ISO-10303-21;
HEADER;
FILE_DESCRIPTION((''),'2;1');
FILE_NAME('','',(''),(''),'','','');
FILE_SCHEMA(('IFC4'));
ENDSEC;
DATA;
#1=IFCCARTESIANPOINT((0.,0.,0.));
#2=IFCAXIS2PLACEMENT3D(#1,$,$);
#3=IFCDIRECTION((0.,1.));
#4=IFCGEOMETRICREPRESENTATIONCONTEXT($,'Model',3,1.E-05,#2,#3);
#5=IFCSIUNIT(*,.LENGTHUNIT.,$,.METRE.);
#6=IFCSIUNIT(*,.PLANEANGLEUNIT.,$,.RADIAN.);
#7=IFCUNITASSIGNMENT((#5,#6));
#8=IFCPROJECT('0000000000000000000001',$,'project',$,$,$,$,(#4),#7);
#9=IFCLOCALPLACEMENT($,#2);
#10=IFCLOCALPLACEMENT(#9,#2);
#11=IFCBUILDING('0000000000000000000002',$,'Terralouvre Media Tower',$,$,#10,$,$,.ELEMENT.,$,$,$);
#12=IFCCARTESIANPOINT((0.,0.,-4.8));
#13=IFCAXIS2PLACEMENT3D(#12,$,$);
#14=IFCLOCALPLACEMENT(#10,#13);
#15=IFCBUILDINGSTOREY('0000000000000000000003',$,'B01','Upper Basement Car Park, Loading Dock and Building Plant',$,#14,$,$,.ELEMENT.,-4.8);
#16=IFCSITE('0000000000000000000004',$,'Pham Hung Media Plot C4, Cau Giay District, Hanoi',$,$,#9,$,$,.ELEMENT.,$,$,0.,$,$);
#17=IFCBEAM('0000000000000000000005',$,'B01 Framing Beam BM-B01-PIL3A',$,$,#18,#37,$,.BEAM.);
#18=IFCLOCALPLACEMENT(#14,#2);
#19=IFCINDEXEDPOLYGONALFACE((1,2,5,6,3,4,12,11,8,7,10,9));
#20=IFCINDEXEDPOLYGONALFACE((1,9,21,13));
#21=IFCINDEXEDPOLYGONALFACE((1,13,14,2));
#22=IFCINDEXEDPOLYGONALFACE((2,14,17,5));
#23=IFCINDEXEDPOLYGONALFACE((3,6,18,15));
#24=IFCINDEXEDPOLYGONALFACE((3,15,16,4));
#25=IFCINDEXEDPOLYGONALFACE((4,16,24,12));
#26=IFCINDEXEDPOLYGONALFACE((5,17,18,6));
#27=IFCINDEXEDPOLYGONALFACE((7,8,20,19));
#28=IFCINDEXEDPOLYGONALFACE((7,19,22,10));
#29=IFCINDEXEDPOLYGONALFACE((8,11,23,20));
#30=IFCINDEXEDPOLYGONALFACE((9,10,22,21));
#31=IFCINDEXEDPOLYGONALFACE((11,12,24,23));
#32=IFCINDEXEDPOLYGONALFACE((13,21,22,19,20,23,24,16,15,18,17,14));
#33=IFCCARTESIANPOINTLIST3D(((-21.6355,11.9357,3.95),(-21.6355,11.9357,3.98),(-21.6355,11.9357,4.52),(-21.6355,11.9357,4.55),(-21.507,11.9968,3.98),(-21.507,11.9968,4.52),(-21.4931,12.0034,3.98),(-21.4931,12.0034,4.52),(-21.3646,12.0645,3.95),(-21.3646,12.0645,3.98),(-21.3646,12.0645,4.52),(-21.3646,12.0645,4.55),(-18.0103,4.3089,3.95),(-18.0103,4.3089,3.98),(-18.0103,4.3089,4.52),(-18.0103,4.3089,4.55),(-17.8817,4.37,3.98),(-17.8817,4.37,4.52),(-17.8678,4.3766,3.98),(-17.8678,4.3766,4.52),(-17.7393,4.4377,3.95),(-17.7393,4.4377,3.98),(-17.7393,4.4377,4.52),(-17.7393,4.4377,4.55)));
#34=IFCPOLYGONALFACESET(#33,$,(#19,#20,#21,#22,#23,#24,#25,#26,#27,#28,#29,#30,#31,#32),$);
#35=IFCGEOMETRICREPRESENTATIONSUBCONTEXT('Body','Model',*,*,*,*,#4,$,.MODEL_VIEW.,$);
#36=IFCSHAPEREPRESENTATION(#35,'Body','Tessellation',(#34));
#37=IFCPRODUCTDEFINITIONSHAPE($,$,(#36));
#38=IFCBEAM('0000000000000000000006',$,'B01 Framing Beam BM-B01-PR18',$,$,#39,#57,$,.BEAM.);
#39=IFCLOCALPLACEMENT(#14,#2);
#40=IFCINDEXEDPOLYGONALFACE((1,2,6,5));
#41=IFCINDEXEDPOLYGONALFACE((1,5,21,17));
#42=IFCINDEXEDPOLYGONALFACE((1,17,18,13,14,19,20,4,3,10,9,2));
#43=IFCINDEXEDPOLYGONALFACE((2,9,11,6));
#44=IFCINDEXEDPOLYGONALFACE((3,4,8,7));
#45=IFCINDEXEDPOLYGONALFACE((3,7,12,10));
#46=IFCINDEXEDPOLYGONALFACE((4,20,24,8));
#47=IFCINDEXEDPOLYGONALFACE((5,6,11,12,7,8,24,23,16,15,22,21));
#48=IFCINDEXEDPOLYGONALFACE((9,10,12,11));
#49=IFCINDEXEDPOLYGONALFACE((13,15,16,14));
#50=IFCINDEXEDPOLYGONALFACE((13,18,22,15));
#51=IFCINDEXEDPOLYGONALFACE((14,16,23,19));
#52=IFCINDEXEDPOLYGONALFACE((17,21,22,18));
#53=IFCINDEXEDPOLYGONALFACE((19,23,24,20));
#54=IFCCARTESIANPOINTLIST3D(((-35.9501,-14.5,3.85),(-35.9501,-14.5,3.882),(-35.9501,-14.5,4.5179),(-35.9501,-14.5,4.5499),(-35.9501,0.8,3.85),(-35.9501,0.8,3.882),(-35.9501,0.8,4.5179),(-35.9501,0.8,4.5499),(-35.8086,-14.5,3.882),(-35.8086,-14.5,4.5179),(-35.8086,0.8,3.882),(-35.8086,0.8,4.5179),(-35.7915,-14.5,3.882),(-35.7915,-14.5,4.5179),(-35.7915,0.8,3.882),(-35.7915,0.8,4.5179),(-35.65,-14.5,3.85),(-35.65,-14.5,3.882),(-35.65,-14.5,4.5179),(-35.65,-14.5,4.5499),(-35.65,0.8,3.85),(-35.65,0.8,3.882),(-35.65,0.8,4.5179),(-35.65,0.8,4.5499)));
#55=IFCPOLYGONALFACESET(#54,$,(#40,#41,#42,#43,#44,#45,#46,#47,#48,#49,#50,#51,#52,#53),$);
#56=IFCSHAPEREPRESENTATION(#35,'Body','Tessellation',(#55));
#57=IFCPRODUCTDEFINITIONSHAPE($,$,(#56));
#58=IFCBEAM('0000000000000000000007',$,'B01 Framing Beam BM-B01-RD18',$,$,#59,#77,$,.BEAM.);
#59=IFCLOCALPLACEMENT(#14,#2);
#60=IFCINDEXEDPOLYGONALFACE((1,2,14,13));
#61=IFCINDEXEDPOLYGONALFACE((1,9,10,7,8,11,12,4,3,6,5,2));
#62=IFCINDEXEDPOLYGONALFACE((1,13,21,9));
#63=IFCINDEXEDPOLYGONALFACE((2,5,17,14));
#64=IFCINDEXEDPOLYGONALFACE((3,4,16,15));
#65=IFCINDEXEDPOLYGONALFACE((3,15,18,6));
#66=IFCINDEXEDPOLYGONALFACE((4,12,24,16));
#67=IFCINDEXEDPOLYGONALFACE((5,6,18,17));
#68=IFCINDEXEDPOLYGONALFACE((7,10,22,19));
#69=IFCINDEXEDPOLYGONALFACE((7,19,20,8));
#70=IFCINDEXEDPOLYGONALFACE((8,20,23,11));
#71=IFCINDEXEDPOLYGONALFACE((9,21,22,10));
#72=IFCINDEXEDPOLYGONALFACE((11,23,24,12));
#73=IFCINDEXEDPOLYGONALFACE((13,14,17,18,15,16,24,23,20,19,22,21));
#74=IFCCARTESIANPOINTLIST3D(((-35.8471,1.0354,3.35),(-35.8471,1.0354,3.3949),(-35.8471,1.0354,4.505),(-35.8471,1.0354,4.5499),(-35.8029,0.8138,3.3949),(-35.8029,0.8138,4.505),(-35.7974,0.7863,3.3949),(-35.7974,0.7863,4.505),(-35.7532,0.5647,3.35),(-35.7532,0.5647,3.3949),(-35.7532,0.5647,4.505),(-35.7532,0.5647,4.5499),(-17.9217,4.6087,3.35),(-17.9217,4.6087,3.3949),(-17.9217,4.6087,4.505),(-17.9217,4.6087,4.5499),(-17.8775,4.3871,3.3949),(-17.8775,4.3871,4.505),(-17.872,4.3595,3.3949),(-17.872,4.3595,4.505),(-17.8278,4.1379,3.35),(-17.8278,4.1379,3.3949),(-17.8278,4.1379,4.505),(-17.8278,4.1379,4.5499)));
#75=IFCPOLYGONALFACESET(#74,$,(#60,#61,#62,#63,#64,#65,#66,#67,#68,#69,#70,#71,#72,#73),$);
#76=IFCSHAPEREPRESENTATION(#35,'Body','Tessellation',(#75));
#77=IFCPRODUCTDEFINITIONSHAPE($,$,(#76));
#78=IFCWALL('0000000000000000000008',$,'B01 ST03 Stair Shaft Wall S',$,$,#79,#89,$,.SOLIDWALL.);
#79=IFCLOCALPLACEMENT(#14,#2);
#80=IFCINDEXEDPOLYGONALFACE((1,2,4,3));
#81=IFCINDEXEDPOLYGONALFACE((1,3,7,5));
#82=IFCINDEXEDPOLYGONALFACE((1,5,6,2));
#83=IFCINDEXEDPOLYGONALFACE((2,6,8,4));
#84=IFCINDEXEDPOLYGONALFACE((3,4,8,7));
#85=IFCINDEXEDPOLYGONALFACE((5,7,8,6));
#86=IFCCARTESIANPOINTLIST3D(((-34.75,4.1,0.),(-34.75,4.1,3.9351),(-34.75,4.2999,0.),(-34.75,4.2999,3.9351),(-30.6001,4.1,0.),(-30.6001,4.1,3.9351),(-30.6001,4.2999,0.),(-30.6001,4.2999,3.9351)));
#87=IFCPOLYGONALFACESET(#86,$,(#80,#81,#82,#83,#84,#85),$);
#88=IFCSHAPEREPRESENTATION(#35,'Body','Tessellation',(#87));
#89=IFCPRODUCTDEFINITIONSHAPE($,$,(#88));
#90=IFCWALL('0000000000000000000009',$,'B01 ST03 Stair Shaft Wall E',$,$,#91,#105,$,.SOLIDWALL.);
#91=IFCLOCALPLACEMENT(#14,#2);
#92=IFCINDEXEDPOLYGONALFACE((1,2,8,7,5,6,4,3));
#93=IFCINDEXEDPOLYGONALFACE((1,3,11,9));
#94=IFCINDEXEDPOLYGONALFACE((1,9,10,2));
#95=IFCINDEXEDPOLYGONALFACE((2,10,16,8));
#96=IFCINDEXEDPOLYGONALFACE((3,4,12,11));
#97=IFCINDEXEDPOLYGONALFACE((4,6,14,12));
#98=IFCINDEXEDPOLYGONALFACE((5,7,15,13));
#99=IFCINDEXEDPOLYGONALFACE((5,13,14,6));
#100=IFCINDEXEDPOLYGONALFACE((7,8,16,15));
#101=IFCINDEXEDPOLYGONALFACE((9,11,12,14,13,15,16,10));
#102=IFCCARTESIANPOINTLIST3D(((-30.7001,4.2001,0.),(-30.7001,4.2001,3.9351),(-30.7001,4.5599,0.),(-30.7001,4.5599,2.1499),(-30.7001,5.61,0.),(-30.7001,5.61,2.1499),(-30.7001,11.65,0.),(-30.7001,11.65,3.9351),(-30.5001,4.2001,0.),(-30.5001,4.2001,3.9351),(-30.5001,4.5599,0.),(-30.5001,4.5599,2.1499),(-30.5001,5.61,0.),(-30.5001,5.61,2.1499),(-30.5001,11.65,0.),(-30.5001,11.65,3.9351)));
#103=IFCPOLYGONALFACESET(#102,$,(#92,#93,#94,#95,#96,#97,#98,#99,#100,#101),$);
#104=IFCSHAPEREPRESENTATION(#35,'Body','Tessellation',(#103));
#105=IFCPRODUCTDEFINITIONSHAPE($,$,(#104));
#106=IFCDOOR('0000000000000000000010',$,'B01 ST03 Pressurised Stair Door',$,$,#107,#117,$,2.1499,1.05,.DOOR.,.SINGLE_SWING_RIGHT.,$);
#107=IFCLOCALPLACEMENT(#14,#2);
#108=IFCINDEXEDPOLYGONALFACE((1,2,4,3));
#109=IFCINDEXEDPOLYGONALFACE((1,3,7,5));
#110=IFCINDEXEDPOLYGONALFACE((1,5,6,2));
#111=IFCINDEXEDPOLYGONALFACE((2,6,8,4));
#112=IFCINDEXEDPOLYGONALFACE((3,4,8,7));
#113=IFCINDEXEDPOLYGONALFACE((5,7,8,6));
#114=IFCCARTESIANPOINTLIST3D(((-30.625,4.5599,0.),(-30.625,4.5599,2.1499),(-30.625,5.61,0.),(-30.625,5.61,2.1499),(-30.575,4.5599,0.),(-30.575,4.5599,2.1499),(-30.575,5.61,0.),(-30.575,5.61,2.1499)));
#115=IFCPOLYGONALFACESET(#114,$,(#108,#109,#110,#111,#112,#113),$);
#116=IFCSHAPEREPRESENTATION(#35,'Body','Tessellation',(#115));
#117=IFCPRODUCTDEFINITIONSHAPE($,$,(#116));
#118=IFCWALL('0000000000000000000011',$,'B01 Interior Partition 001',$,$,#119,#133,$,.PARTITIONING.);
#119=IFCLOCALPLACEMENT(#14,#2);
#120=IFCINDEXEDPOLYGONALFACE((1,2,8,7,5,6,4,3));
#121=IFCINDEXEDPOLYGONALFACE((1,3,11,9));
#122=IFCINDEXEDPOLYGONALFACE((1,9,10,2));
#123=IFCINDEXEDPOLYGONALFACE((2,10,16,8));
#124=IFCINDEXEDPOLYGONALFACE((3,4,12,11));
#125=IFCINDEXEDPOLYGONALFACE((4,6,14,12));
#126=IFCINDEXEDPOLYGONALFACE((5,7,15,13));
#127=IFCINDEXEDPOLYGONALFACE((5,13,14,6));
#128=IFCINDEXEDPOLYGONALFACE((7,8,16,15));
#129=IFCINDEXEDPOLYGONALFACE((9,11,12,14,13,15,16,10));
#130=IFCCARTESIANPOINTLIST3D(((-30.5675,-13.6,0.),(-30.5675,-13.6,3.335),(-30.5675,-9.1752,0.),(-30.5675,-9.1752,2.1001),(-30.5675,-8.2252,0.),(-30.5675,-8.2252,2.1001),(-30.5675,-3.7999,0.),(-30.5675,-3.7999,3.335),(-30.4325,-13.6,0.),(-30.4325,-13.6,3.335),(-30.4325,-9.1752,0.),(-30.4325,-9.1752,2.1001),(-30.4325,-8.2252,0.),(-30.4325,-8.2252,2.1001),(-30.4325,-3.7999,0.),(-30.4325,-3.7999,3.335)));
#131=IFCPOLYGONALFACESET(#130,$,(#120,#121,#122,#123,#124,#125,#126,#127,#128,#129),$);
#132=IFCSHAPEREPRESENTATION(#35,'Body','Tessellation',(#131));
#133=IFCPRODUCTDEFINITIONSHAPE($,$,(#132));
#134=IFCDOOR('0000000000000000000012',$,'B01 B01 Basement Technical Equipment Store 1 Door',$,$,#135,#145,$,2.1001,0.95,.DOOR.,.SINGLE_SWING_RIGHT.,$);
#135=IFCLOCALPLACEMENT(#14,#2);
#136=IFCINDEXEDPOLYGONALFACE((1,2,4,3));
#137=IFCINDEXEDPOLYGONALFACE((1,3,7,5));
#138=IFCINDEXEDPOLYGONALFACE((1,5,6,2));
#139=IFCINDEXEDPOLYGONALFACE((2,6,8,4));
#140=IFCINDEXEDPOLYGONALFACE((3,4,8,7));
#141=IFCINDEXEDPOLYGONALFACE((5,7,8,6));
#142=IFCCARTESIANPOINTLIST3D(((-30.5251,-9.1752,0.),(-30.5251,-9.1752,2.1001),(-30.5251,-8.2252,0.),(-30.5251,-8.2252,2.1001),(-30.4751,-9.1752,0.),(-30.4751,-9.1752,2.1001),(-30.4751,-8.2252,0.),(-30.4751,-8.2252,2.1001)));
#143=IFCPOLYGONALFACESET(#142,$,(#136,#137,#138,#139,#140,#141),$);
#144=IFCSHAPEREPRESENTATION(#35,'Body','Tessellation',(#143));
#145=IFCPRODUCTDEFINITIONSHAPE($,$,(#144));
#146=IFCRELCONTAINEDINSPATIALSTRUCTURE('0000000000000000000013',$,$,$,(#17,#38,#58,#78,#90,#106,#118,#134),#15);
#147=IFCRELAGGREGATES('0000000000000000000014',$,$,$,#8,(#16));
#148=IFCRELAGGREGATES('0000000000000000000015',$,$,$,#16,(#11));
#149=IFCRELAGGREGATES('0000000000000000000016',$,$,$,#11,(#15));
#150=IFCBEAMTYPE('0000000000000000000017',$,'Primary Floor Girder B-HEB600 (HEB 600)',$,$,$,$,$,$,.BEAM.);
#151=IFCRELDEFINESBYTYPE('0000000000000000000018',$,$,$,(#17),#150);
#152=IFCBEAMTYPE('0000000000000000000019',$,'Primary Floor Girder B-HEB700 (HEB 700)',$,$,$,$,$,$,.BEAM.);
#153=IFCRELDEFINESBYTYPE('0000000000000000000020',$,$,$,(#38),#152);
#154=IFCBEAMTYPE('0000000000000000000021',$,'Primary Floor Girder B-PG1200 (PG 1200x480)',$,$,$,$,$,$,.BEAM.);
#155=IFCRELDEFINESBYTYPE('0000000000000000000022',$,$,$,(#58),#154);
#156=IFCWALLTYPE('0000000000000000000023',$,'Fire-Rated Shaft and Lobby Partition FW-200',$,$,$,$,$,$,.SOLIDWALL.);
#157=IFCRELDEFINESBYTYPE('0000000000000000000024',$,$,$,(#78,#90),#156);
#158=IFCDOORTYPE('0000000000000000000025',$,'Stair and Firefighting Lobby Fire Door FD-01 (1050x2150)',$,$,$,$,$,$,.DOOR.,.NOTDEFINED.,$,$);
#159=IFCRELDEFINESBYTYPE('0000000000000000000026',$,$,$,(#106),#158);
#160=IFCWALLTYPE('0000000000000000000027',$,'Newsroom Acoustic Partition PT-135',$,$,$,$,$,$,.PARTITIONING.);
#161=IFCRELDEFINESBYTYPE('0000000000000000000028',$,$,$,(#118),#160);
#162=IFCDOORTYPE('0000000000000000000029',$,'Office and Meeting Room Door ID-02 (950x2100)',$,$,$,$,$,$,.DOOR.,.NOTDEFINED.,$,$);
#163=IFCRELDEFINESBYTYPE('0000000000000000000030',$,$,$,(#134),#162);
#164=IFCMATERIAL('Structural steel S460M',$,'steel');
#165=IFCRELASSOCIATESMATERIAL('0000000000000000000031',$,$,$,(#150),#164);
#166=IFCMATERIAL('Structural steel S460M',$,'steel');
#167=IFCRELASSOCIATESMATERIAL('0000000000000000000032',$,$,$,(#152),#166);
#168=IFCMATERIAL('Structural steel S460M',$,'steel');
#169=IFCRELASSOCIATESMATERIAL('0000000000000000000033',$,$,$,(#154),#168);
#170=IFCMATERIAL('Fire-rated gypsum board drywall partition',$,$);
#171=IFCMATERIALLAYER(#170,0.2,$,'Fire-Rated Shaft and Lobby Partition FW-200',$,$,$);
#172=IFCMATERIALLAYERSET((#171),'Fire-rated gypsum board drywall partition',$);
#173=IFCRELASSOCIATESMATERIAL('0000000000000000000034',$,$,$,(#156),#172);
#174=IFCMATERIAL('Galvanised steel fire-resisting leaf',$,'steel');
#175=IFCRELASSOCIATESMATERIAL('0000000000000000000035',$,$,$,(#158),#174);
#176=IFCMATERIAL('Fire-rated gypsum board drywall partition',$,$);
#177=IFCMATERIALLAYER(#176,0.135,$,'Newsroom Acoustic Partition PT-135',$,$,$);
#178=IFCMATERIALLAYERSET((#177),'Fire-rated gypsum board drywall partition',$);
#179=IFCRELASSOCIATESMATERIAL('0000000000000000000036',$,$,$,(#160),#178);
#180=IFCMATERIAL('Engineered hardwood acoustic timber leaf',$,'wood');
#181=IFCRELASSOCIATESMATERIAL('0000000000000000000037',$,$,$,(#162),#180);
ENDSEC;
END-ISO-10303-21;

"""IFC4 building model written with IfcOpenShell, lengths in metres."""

from ifc_helpers import new_model, si_unit, direction, frame, frame_2d, origin, origin_2d, place, context, subcontext, project, spatial, rectangle, i_section, extrude, material, layer, layer_set, material_profile, profile_set, type_object, element, fill, save


model = new_model("IFC4")

# Units and contexts
model_context = context("Model", 3, precision=1e-05, world=origin(), true_north=direction((0.0, 1.0)))
body_context = subcontext(model_context, "Body", "Model", "MODEL_VIEW")
ifc_project = project(units=[si_unit("LENGTHUNIT", "METRE"), si_unit("PLANEANGLEUNIT", "RADIAN")], contexts=[model_context])

# Site, building, storey
site_placement = place(None, origin())
site = spatial("IfcSite", under=ifc_project, at=site_placement, Name="Pham Hung Media Plot C4, Cau Giay District, Hanoi", CompositionType="ELEMENT", RefElevation=0.0)
building_placement = place(site_placement, origin())
building = spatial("IfcBuilding", under=site, at=building_placement, Name="Terralouvre Media Tower", CompositionType="ELEMENT")
storey_placement = place(building_placement, frame((0.0, 0.0, -4.8)))
storey = spatial("IfcBuildingStorey", under=building, at=storey_placement, Name="B01", Description="Upper Basement Car Park, Loading Dock and Building Plant", CompositionType="ELEMENT", Elevation=-4.8)

# Beams
ifc_material_1 = material(Name="Structural steel S460M", Category="steel")
ifc_material_profile_1 = material_profile(ifc_material_1, i_section(OverallWidth=0.3, OverallDepth=0.6001, WebThickness=0.0154, FlangeThickness=0.03, at=origin_2d()), Name="HEB 600")
ifc_profile_set_1 = profile_set([ifc_material_profile_1], Name="Structural steel S460M")
beam_type_1 = type_object("IfcBeamType", Name="Primary Floor Girder B-HEB600 (HEB 600)", PredefinedType="BEAM", material=ifc_profile_set_1)
beam_1_placement = place(storey_placement, frame((-17.8748, 4.3733, 4.25), z_axis=(-0.429304, 0.90316, 0.0), x_axis=(-0.90316, -0.429304, 0.0)))
element("IfcBeam", 1, at=beam_1_placement, inside=storey, type_object=beam_type_1, Name="B01 Framing Beam BM-B01-PIL3A", PredefinedType="BEAM", context=body_context, shape_type="SweptSolid", body=[
    extrude(i_section(OverallWidth=0.3, OverallDepth=0.6001, WebThickness=0.0154, FlangeThickness=0.03, at=origin_2d()), origin(), (0.0, 0.0, 1.0), 8.4446),
])
ifc_material_2 = material(Name="Structural steel S460M", Category="steel")
ifc_material_profile_2 = material_profile(ifc_material_2, i_section(OverallWidth=0.3, OverallDepth=0.7, WebThickness=0.0171, FlangeThickness=0.032, at=origin_2d()), Name="HEB 700")
ifc_profile_set_2 = profile_set([ifc_material_profile_2], Name="Structural steel S460M")
beam_type_2 = type_object("IfcBeamType", Name="Primary Floor Girder B-HEB700 (HEB 700)", PredefinedType="BEAM", material=ifc_profile_set_2)
beam_2_placement = place(storey_placement, frame((-35.8, 0.8, 4.2), z_axis=(0.0, -1.0, 0.0), x_axis=(1.0, 0.0, 0.0)))
element("IfcBeam", 2, at=beam_2_placement, inside=storey, type_object=beam_type_2, Name="B01 Framing Beam BM-B01-PR18", PredefinedType="BEAM", context=body_context, shape_type="SweptSolid", body=[
    extrude(i_section(OverallWidth=0.3, OverallDepth=0.7, WebThickness=0.0171, FlangeThickness=0.032, at=origin_2d()), origin(), (0.0, 0.0, 1.0), 15.3),
])
ifc_material_3 = material(Name="Structural steel S460M", Category="steel")
ifc_material_profile_3 = material_profile(ifc_material_3, i_section(OverallWidth=0.48, OverallDepth=1.2, WebThickness=0.0281, FlangeThickness=0.0449, at=origin_2d()), Name="PG 1200x480")
ifc_profile_set_3 = profile_set([ifc_material_profile_3], Name="Structural steel S460M")
beam_type_3 = type_object("IfcBeamType", Name="Primary Floor Girder B-PG1200 (PG 1200x480)", PredefinedType="BEAM", material=ifc_profile_set_3)
beam_3_placement = place(storey_placement, frame((-17.8748, 4.3733, 3.95), z_axis=(-0.980705, -0.195494, 0.0), x_axis=(0.195494, -0.980705, 0.0)))
element("IfcBeam", 3, at=beam_3_placement, inside=storey, type_object=beam_type_3, Name="B01 Framing Beam BM-B01-RD18", PredefinedType="BEAM", context=body_context, shape_type="SweptSolid", body=[
    extrude(i_section(OverallWidth=0.48, OverallDepth=1.2, WebThickness=0.0281, FlangeThickness=0.0449, at=origin_2d()), origin(), (0.0, 0.0, 1.0), 18.2781),
])

# Wall
ifc_material_4 = material(Name="Fire-rated gypsum board drywall partition")
ifc_layer_1 = layer(ifc_material_4, 0.2, Name="Fire-Rated Shaft and Lobby Partition FW-200")
ifc_layer_set_1 = layer_set([ifc_layer_1], Name="Fire-rated gypsum board drywall partition")
wall_type_1 = type_object("IfcWallType", Name="Fire-Rated Shaft and Lobby Partition FW-200", PredefinedType="SOLIDWALL", material=ifc_layer_set_1)
wall_1_placement = place(storey_placement, frame((-34.75, 4.2, 0.0), z_axis=(0.0, 0.0, 1.0), x_axis=(1.0, 0.0, 0.0)))
element("IfcWall", 4, at=wall_1_placement, inside=storey, type_object=wall_type_1, Name="B01 ST03 Stair Shaft Wall S", PredefinedType="SOLIDWALL", context=body_context, shape_type="SweptSolid", body=[
    extrude(rectangle(XDim=4.1499, YDim=0.2, at=frame_2d((2.075, 0.0))), origin(), (0.0, 0.0, 1.0), 3.9351),
])

# Walls, openings, doors
wall_2_placement = place(storey_placement, frame((-30.6001, 4.2, 0.0), z_axis=(0.0, 0.0, 1.0), x_axis=(0.0, 1.0, 0.0)))
wall_2 = element("IfcWall", 5, at=wall_2_placement, inside=storey, type_object=wall_type_1, Name="B01 ST03 Stair Shaft Wall E", PredefinedType="SOLIDWALL", context=body_context, shape_type="SweptSolid", body=[
    extrude(rectangle(XDim=7.45, YDim=0.2, at=frame_2d((3.7251, 0.0))), origin(), (0.0, 0.0, 1.0), 3.9351),
])
opening_1_placement = place(wall_2_placement, frame((0.3601, 0.0, 0.0)))
opening_1 = element("IfcOpeningElement", 6, at=opening_1_placement, cuts=wall_2, PredefinedType="OPENING", context=body_context, shape_type="SweptSolid", body=[
    extrude(rectangle(XDim=1.05, YDim=2.1499, at=frame_2d((0.5249, 1.075))), frame((0.0, 0.1099, 0.0), z_axis=(0.0, -1.0, 0.0), x_axis=(1.0, 0.0, 0.0)), (0.0, 0.0, 1.0), 0.22),
])
ifc_material_5 = material(Name="Galvanised steel fire-resisting leaf", Category="steel")
door_type_1 = type_object("IfcDoorType", Name="Stair and Firefighting Lobby Fire Door FD-01 (1050x2150)", OperationType="NOTDEFINED", PredefinedType="DOOR", material=ifc_material_5)
door_1_placement = place(opening_1_placement, origin())
door_1 = element("IfcDoor", 7, at=door_1_placement, inside=storey, type_object=door_type_1, Name="B01 ST03 Pressurised Stair Door", OperationType="SINGLE_SWING_RIGHT", OverallHeight=2.1499, OverallWidth=1.05, PredefinedType="DOOR", context=body_context, shape_type="SweptSolid", body=[
    extrude(rectangle(XDim=1.05, YDim=2.1499, at=frame_2d((0.5249, 1.075))), frame((0.0, 0.0249, 0.0), z_axis=(0.0, -1.0, 0.0), x_axis=(1.0, 0.0, 0.0)), (0.0, 0.0, 1.0), 0.05),
])
fill(opening_1, door_1)
ifc_material_6 = material(Name="Fire-rated gypsum board drywall partition")
ifc_layer_2 = layer(ifc_material_6, 0.135, Name="Newsroom Acoustic Partition PT-135")
ifc_layer_set_2 = layer_set([ifc_layer_2], Name="Fire-rated gypsum board drywall partition")
wall_type_2 = type_object("IfcWallType", Name="Newsroom Acoustic Partition PT-135", PredefinedType="PARTITIONING", material=ifc_layer_set_2)
wall_3_placement = place(storey_placement, frame((-30.5, -3.8, 0.0), z_axis=(0.0, 0.0, 1.0), x_axis=(0.0, -1.0, 0.0)))
wall_3 = element("IfcWall", 8, at=wall_3_placement, inside=storey, type_object=wall_type_2, Name="B01 Interior Partition 001", PredefinedType="PARTITIONING", context=body_context, shape_type="SweptSolid", body=[
    extrude(rectangle(XDim=9.8, YDim=0.135, at=frame_2d((4.8999, 0.0))), origin(), (0.0, 0.0, 1.0), 3.335),
])
opening_2_placement = place(wall_3_placement, frame((4.425, 0.0, 0.0)))
opening_2 = element("IfcOpeningElement", 9, at=opening_2_placement, cuts=wall_3, PredefinedType="OPENING", context=body_context, shape_type="SweptSolid", body=[
    extrude(rectangle(XDim=0.95, YDim=2.1001, at=frame_2d((0.4751, 1.05))), frame((0.0, 0.0774, 0.0), z_axis=(0.0, -1.0, 0.0), x_axis=(1.0, 0.0, 0.0)), (0.0, 0.0, 1.0), 0.155),
])
ifc_material_7 = material(Name="Engineered hardwood acoustic timber leaf", Category="wood")
door_type_2 = type_object("IfcDoorType", Name="Office and Meeting Room Door ID-02 (950x2100)", OperationType="NOTDEFINED", PredefinedType="DOOR", material=ifc_material_7)
door_2_placement = place(opening_2_placement, origin())
door_2 = element("IfcDoor", 10, at=door_2_placement, inside=storey, type_object=door_type_2, Name="B01 B01 Basement Technical Equipment Store 1 Door", OperationType="SINGLE_SWING_RIGHT", OverallHeight=2.1001, OverallWidth=0.95, PredefinedType="DOOR", context=body_context, shape_type="SweptSolid", body=[
    extrude(rectangle(XDim=0.95, YDim=2.1001, at=frame_2d((0.4751, 1.05))), frame((0.0, 0.0249, 0.0), z_axis=(0.0, -1.0, 0.0), x_axis=(1.0, 0.0, 0.0)), (0.0, 0.0, 1.0), 0.05),
])
fill(opening_2, door_2)

save(model, "model.ifc")
